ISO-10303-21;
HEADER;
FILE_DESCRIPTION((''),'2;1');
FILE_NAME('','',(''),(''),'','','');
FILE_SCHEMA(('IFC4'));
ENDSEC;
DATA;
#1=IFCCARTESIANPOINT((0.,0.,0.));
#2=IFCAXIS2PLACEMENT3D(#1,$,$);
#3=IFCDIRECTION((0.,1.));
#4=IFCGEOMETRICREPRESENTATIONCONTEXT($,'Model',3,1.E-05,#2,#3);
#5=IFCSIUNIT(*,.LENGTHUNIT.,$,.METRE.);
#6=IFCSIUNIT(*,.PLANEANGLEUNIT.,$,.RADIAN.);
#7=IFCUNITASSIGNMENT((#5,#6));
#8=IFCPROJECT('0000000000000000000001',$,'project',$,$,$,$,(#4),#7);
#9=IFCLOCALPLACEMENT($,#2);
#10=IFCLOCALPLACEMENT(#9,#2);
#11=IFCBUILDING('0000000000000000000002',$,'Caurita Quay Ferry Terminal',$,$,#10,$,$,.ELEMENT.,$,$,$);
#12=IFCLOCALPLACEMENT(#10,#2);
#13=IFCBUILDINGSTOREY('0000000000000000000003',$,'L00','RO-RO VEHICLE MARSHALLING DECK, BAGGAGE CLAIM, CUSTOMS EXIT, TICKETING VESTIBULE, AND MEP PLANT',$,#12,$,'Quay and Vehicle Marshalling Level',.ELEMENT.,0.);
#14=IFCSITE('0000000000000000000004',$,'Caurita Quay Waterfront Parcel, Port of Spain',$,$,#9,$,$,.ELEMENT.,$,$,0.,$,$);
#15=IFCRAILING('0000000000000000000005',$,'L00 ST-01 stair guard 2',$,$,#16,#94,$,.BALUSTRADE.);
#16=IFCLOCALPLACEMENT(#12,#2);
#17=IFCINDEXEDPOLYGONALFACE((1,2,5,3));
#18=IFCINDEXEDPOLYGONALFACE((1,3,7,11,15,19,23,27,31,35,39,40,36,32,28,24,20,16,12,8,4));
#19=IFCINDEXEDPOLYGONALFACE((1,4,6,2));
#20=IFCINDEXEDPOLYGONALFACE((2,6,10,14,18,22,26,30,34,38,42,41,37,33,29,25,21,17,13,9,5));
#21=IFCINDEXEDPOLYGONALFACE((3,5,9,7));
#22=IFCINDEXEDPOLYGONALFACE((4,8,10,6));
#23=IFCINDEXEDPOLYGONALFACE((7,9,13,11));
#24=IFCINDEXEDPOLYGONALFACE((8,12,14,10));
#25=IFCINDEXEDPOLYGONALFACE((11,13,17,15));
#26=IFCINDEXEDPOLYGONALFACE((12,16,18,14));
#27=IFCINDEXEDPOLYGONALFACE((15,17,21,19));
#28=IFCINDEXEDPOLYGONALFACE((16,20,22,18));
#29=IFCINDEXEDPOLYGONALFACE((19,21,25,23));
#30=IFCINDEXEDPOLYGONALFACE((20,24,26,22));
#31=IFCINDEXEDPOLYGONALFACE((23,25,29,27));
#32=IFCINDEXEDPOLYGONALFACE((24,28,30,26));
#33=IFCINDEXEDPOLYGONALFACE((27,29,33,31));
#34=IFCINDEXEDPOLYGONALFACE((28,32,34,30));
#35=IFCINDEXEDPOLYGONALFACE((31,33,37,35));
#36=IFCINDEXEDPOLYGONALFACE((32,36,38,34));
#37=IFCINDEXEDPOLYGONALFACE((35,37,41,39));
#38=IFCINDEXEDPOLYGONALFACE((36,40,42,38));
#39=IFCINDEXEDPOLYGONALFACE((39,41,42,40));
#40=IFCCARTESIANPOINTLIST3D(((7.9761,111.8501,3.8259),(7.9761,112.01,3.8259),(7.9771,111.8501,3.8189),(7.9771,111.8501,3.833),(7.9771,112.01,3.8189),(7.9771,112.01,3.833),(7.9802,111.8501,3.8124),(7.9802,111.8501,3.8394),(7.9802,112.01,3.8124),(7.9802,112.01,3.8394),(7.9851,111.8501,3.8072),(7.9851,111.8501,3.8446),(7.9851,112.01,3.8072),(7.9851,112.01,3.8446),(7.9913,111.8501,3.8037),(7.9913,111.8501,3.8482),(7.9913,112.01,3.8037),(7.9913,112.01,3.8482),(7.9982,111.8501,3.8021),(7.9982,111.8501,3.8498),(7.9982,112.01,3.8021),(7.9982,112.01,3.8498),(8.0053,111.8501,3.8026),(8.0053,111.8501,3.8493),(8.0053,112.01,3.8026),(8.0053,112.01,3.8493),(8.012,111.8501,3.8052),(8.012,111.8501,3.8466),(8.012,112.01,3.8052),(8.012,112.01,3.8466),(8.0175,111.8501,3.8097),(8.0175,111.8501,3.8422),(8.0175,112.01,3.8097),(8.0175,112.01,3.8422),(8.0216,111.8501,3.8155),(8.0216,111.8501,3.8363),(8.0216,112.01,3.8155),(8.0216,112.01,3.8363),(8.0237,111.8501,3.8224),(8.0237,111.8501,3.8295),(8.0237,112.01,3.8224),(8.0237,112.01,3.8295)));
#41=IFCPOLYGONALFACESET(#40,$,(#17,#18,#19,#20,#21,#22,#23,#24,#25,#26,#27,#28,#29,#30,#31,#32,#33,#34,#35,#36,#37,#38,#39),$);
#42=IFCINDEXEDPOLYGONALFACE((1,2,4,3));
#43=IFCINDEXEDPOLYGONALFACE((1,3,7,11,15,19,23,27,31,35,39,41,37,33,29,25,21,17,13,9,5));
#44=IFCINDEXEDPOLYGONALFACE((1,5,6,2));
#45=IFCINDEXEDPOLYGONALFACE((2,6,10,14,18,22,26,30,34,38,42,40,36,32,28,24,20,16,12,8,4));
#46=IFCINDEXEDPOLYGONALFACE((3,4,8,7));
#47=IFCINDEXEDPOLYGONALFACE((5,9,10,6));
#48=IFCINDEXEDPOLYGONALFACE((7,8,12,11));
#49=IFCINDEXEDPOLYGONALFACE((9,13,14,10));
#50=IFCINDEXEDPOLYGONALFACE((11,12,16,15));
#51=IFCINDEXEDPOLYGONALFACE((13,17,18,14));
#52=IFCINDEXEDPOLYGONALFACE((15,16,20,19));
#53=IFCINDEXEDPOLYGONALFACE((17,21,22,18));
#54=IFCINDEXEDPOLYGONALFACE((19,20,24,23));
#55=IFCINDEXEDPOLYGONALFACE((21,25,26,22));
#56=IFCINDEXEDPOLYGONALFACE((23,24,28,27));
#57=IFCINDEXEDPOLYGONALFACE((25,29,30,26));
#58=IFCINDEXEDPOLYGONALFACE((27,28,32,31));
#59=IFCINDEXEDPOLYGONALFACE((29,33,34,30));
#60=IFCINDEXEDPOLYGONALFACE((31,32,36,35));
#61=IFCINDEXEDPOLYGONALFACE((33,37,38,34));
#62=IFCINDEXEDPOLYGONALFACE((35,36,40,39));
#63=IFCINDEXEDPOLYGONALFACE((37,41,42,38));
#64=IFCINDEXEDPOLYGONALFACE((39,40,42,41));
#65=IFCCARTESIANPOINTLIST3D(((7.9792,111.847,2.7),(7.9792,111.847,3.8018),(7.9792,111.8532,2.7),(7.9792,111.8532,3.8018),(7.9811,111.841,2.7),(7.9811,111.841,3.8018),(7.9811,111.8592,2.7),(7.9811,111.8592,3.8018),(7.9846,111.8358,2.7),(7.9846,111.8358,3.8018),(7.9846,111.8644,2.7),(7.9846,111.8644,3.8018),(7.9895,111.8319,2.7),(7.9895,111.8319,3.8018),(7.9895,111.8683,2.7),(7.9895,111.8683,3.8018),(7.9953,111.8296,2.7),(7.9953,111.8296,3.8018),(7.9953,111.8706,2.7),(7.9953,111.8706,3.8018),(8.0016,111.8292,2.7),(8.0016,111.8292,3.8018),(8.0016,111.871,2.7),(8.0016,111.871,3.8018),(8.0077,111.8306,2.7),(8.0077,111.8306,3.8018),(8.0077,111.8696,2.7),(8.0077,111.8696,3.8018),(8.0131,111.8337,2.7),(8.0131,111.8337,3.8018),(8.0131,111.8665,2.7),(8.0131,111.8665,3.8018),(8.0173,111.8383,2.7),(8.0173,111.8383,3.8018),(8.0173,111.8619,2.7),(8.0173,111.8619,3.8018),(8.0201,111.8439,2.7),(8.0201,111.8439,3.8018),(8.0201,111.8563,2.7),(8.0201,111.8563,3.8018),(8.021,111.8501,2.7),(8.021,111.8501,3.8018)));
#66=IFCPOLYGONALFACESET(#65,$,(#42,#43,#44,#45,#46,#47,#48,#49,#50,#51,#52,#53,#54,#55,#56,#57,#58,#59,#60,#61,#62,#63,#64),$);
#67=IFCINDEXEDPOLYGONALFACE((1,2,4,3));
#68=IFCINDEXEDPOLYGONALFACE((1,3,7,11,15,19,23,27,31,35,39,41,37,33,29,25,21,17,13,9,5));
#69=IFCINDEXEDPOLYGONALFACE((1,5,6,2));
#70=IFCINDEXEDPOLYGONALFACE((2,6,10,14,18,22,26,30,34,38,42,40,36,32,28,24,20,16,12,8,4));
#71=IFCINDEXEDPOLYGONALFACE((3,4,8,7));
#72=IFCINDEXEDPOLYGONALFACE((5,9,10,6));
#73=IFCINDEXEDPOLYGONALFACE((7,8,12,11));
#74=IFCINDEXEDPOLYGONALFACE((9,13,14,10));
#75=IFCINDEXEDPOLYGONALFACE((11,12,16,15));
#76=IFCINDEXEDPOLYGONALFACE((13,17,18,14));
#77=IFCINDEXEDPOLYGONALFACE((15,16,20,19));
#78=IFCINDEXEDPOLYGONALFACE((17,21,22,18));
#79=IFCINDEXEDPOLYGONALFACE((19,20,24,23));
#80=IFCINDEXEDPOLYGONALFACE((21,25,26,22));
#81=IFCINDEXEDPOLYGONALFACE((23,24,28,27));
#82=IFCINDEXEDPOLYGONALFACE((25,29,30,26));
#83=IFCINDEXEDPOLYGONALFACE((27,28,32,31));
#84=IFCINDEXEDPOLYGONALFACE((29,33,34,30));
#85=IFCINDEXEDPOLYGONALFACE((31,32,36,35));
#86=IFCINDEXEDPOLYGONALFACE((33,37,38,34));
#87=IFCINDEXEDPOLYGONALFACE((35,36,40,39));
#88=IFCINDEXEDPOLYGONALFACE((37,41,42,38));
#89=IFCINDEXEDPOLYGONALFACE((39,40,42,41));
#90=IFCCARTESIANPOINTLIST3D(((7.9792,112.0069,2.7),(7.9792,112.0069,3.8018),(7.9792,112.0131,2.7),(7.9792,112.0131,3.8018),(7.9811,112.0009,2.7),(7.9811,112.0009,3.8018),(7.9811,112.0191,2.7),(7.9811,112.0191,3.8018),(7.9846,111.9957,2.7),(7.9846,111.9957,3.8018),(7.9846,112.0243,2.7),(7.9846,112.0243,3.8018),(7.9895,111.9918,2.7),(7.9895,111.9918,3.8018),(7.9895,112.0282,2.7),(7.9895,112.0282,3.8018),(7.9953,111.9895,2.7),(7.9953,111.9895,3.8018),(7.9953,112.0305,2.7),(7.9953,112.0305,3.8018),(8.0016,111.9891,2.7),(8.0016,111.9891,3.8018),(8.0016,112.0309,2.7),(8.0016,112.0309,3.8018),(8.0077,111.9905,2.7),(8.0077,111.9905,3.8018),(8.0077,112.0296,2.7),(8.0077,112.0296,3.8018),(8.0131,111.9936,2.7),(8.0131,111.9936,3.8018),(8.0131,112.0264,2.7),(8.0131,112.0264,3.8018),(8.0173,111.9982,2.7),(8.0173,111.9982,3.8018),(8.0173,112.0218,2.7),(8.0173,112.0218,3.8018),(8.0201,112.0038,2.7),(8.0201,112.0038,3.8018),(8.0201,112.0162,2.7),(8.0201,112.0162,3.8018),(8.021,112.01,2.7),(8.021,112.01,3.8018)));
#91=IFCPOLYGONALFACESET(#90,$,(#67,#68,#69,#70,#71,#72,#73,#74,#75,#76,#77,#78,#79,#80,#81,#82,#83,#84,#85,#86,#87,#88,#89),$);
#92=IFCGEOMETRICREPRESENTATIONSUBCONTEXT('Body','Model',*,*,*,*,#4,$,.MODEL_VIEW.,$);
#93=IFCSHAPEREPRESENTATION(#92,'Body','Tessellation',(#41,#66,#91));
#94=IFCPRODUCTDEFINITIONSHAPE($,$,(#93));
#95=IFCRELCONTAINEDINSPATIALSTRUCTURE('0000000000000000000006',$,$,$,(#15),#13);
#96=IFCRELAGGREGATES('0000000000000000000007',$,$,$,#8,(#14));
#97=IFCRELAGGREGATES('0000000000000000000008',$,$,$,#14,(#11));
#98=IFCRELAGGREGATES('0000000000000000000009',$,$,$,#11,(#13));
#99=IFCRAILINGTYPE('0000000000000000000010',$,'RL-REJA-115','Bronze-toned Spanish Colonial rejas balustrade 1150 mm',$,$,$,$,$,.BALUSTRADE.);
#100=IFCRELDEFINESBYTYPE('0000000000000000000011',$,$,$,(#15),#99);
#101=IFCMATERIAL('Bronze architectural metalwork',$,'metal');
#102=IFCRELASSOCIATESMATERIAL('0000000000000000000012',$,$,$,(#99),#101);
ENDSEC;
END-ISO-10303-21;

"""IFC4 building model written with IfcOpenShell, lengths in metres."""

from ifc_helpers import new_model, si_unit, direction, frame, origin, origin_2d, place, context, subcontext, project, spatial, circle, extrude, material, type_object, element, save


model = new_model("IFC4")

# Units and contexts
model_context = context("Model", 3, precision=1e-05, world=origin(), true_north=direction((0.0, 1.0)))
body_context = subcontext(model_context, "Body", "Model", "MODEL_VIEW")
ifc_project = project(units=[si_unit("LENGTHUNIT", "METRE"), si_unit("PLANEANGLEUNIT", "RADIAN")], contexts=[model_context])

# Site, building, storey
site_placement = place(None, origin())
site = spatial("IfcSite", under=ifc_project, at=site_placement, Name="Caurita Quay Waterfront Parcel, Port of Spain", CompositionType="ELEMENT", RefElevation=0.0)
building_placement = place(site_placement, origin())
building = spatial("IfcBuilding", under=site, at=building_placement, Name="Caurita Quay Ferry Terminal", CompositionType="ELEMENT")
storey_placement = place(building_placement, origin())
storey = spatial("IfcBuildingStorey", under=building, at=storey_placement, Name="L00", Description="RO-RO VEHICLE MARSHALLING DECK, BAGGAGE CLAIM, CUSTOMS EXIT, TICKETING VESTIBULE, AND MEP PLANT", LongName="Quay and Vehicle Marshalling Level", CompositionType="ELEMENT", Elevation=0.0)

# Railing
ifc_material_1 = material(Name="Bronze architectural metalwork", Category="metal")
railing_type_1 = type_object("IfcRailingType", Name="RL-REJA-115", Description="Bronze-toned Spanish Colonial rejas balustrade 1150 mm", PredefinedType="BALUSTRADE", material=ifc_material_1)
railing_1_placement = place(storey_placement, frame((8.0, 111.8501, 2.7)))
element("IfcRailing", 1, at=railing_1_placement, inside=storey, type_object=railing_type_1, Name="L00 ST-01 stair guard 2", PredefinedType="BALUSTRADE", context=body_context, shape_type="SweptSolid", body=[
    extrude(circle(Radius=0.0239, at=origin_2d()), frame((0.0, 0.0, 1.126), z_axis=(0.0, 1.0, 0.0), x_axis=(-1.0, 0.0, 0.0)), (0.0, 0.0, 1.0), 0.1599),
    extrude(circle(Radius=0.021, at=origin_2d()), origin(), (0.0, 0.0, 1.0), 1.1018),
    extrude(circle(Radius=0.021, at=origin_2d()), frame((0.0, 0.1599, 0.0)), (0.0, 0.0, 1.0), 1.1018),
])

save(model, "model.ifc")
